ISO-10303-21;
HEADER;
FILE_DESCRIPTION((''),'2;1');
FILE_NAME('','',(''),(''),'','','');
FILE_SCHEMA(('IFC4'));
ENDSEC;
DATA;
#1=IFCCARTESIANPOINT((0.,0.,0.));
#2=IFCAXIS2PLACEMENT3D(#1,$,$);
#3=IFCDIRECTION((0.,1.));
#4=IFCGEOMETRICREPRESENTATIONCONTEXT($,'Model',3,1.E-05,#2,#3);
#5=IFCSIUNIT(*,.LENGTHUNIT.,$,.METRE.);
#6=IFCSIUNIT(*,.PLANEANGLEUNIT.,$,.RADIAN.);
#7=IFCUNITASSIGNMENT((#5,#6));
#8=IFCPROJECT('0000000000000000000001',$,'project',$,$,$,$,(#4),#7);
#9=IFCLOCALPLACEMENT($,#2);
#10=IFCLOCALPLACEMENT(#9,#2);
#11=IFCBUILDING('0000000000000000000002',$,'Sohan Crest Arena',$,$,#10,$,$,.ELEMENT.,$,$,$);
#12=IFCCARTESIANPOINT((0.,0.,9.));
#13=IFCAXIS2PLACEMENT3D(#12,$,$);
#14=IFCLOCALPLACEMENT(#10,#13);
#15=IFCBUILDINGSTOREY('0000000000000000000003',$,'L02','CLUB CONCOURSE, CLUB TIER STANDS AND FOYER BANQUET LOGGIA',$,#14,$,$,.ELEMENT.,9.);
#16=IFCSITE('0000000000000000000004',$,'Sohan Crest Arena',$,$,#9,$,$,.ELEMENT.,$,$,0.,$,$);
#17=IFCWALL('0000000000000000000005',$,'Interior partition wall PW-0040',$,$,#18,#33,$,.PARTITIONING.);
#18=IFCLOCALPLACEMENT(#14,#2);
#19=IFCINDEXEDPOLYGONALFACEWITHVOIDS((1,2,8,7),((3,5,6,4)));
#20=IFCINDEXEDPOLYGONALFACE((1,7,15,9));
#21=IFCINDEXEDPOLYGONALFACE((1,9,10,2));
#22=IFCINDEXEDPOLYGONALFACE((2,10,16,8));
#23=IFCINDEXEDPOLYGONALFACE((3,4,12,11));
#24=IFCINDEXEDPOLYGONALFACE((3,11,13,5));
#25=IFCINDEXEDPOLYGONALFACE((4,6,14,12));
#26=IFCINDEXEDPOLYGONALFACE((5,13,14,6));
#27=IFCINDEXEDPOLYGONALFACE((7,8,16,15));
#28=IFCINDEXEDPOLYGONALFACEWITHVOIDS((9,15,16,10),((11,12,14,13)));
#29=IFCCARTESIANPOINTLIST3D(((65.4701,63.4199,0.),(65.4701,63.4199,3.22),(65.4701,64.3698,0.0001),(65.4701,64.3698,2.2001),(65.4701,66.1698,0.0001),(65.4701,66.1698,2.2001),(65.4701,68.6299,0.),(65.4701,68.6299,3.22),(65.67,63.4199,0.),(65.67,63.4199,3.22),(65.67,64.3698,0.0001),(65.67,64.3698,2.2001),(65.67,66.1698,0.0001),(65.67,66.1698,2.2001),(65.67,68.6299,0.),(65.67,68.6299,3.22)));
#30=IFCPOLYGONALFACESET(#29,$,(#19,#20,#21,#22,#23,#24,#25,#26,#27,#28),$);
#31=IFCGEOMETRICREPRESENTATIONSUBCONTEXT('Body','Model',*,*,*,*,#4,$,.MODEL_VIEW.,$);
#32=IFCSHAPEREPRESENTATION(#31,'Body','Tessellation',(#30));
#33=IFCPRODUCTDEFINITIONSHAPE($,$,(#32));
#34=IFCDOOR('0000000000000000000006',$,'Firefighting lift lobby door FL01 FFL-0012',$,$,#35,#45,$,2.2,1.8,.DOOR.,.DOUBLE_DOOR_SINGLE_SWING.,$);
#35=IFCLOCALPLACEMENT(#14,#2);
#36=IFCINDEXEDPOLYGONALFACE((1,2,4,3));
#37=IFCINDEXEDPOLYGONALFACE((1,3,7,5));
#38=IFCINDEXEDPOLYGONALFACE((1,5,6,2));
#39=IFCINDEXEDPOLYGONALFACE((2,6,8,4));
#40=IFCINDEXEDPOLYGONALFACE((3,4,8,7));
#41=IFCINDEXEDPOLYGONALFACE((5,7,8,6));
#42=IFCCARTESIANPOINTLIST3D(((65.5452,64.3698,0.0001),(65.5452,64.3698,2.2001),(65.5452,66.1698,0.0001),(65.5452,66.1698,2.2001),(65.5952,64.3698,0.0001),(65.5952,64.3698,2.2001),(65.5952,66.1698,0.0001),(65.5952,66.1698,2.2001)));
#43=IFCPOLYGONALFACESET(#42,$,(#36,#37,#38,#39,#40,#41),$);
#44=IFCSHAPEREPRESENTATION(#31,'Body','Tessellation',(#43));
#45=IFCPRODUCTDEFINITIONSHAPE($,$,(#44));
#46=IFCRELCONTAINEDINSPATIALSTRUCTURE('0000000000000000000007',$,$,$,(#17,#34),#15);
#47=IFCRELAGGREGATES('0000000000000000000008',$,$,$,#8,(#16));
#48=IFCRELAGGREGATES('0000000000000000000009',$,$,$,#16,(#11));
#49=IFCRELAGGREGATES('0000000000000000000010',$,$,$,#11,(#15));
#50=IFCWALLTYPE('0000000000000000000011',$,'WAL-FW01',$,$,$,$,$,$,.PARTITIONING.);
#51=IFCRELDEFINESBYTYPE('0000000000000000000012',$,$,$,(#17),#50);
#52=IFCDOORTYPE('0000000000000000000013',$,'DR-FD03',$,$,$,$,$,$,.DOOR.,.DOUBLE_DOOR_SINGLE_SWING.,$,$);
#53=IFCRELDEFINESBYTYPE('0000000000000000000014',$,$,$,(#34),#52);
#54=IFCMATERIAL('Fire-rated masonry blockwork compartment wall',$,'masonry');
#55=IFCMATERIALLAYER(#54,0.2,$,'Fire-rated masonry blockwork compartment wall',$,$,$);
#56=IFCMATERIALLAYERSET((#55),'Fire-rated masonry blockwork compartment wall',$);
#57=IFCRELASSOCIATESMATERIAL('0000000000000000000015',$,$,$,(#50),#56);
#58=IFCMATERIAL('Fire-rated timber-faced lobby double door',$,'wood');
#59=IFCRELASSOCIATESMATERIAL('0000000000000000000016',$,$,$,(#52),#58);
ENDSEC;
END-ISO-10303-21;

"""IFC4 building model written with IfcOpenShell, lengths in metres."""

from ifc_helpers import new_model, si_unit, direction, frame, frame_2d, origin, place, context, subcontext, project, spatial, rectangle, extrude, material, layer, layer_set, type_object, element, fill, save


model = new_model("IFC4")

# Units and contexts
model_context = context("Model", 3, precision=1e-05, world=origin(), true_north=direction((0.0, 1.0)))
body_context = subcontext(model_context, "Body", "Model", "MODEL_VIEW")
ifc_project = project(units=[si_unit("LENGTHUNIT", "METRE"), si_unit("PLANEANGLEUNIT", "RADIAN")], contexts=[model_context])

# Site, building, storey
site_placement = place(None, origin())
site = spatial("IfcSite", under=ifc_project, at=site_placement, Name="Sohan Crest Arena", CompositionType="ELEMENT", RefElevation=0.0)
building_placement = place(site_placement, origin())
building = spatial("IfcBuilding", under=site, at=building_placement, Name="Sohan Crest Arena", CompositionType="ELEMENT")
storey_placement = place(building_placement, frame((0.0, 0.0, 9.0)))
storey = spatial("IfcBuildingStorey", under=building, at=storey_placement, Name="L02", Description="CLUB CONCOURSE, CLUB TIER STANDS AND FOYER BANQUET LOGGIA", CompositionType="ELEMENT", Elevation=9.0)

# Shared definitions
ifc_material_1 = material(Name="Fire-rated masonry blockwork compartment wall", Category="masonry")
ifc_layer_1 = layer(ifc_material_1, 0.2, Name="Fire-rated masonry blockwork compartment wall")
ifc_layer_set_1 = layer_set([ifc_layer_1], Name="Fire-rated masonry blockwork compartment wall")
wall_type_1 = type_object("IfcWallType", Name="WAL-FW01", PredefinedType="PARTITIONING", material=ifc_layer_set_1)

# Wall, opening, door
wall_1_placement = place(storey_placement, frame((65.5701, 63.4199, 0.0), z_axis=(0.0, 0.0, 1.0), x_axis=(0.0, 1.0, 0.0)))
wall_1 = element("IfcWall", 1, at=wall_1_placement, inside=storey, type_object=wall_type_1, Name="Interior partition wall PW-0040", PredefinedType="PARTITIONING", context=body_context, shape_type="SweptSolid", body=[
    extrude(rectangle(XDim=5.21, YDim=0.2, at=frame_2d((2.605, 0.0))), origin(), (0.0, 0.0, 1.0), 3.22),
])
opening_placement = place(wall_1_placement, frame((0.95, 0.0, 0.0)))
opening = element("IfcOpeningElement", 2, at=opening_placement, cuts=wall_1, PredefinedType="OPENING", context=body_context, shape_type="SweptSolid", body=[
    extrude(rectangle(XDim=1.8, YDim=2.2, at=frame_2d((0.8999, 1.1001))), frame((0.0, 0.1099, 0.0), z_axis=(0.0, -1.0, 0.0), x_axis=(1.0, 0.0, 0.0)), (0.0, 0.0, 1.0), 0.22),
])
ifc_material_2 = material(Name="Fire-rated timber-faced lobby double door", Category="wood")
door_type = type_object("IfcDoorType", Name="DR-FD03", OperationType="DOUBLE_DOOR_SINGLE_SWING", PredefinedType="DOOR", material=ifc_material_2)
door_placement = place(opening_placement, origin())
door = element("IfcDoor", 3, at=door_placement, inside=storey, type_object=door_type, Name="Firefighting lift lobby door FL01 FFL-0012", OperationType="DOUBLE_DOOR_SINGLE_SWING", OverallHeight=2.2, OverallWidth=1.8, PredefinedType="DOOR", context=body_context, shape_type="SweptSolid", body=[
    extrude(rectangle(XDim=1.8, YDim=2.2, at=frame_2d((0.8999, 1.1001))), frame((0.0, 0.0249, 0.0), z_axis=(0.0, -1.0, 0.0), x_axis=(1.0, 0.0, 0.0)), (0.0, 0.0, 1.0), 0.05),
])
fill(opening, door)

save(model, "model.ifc")
